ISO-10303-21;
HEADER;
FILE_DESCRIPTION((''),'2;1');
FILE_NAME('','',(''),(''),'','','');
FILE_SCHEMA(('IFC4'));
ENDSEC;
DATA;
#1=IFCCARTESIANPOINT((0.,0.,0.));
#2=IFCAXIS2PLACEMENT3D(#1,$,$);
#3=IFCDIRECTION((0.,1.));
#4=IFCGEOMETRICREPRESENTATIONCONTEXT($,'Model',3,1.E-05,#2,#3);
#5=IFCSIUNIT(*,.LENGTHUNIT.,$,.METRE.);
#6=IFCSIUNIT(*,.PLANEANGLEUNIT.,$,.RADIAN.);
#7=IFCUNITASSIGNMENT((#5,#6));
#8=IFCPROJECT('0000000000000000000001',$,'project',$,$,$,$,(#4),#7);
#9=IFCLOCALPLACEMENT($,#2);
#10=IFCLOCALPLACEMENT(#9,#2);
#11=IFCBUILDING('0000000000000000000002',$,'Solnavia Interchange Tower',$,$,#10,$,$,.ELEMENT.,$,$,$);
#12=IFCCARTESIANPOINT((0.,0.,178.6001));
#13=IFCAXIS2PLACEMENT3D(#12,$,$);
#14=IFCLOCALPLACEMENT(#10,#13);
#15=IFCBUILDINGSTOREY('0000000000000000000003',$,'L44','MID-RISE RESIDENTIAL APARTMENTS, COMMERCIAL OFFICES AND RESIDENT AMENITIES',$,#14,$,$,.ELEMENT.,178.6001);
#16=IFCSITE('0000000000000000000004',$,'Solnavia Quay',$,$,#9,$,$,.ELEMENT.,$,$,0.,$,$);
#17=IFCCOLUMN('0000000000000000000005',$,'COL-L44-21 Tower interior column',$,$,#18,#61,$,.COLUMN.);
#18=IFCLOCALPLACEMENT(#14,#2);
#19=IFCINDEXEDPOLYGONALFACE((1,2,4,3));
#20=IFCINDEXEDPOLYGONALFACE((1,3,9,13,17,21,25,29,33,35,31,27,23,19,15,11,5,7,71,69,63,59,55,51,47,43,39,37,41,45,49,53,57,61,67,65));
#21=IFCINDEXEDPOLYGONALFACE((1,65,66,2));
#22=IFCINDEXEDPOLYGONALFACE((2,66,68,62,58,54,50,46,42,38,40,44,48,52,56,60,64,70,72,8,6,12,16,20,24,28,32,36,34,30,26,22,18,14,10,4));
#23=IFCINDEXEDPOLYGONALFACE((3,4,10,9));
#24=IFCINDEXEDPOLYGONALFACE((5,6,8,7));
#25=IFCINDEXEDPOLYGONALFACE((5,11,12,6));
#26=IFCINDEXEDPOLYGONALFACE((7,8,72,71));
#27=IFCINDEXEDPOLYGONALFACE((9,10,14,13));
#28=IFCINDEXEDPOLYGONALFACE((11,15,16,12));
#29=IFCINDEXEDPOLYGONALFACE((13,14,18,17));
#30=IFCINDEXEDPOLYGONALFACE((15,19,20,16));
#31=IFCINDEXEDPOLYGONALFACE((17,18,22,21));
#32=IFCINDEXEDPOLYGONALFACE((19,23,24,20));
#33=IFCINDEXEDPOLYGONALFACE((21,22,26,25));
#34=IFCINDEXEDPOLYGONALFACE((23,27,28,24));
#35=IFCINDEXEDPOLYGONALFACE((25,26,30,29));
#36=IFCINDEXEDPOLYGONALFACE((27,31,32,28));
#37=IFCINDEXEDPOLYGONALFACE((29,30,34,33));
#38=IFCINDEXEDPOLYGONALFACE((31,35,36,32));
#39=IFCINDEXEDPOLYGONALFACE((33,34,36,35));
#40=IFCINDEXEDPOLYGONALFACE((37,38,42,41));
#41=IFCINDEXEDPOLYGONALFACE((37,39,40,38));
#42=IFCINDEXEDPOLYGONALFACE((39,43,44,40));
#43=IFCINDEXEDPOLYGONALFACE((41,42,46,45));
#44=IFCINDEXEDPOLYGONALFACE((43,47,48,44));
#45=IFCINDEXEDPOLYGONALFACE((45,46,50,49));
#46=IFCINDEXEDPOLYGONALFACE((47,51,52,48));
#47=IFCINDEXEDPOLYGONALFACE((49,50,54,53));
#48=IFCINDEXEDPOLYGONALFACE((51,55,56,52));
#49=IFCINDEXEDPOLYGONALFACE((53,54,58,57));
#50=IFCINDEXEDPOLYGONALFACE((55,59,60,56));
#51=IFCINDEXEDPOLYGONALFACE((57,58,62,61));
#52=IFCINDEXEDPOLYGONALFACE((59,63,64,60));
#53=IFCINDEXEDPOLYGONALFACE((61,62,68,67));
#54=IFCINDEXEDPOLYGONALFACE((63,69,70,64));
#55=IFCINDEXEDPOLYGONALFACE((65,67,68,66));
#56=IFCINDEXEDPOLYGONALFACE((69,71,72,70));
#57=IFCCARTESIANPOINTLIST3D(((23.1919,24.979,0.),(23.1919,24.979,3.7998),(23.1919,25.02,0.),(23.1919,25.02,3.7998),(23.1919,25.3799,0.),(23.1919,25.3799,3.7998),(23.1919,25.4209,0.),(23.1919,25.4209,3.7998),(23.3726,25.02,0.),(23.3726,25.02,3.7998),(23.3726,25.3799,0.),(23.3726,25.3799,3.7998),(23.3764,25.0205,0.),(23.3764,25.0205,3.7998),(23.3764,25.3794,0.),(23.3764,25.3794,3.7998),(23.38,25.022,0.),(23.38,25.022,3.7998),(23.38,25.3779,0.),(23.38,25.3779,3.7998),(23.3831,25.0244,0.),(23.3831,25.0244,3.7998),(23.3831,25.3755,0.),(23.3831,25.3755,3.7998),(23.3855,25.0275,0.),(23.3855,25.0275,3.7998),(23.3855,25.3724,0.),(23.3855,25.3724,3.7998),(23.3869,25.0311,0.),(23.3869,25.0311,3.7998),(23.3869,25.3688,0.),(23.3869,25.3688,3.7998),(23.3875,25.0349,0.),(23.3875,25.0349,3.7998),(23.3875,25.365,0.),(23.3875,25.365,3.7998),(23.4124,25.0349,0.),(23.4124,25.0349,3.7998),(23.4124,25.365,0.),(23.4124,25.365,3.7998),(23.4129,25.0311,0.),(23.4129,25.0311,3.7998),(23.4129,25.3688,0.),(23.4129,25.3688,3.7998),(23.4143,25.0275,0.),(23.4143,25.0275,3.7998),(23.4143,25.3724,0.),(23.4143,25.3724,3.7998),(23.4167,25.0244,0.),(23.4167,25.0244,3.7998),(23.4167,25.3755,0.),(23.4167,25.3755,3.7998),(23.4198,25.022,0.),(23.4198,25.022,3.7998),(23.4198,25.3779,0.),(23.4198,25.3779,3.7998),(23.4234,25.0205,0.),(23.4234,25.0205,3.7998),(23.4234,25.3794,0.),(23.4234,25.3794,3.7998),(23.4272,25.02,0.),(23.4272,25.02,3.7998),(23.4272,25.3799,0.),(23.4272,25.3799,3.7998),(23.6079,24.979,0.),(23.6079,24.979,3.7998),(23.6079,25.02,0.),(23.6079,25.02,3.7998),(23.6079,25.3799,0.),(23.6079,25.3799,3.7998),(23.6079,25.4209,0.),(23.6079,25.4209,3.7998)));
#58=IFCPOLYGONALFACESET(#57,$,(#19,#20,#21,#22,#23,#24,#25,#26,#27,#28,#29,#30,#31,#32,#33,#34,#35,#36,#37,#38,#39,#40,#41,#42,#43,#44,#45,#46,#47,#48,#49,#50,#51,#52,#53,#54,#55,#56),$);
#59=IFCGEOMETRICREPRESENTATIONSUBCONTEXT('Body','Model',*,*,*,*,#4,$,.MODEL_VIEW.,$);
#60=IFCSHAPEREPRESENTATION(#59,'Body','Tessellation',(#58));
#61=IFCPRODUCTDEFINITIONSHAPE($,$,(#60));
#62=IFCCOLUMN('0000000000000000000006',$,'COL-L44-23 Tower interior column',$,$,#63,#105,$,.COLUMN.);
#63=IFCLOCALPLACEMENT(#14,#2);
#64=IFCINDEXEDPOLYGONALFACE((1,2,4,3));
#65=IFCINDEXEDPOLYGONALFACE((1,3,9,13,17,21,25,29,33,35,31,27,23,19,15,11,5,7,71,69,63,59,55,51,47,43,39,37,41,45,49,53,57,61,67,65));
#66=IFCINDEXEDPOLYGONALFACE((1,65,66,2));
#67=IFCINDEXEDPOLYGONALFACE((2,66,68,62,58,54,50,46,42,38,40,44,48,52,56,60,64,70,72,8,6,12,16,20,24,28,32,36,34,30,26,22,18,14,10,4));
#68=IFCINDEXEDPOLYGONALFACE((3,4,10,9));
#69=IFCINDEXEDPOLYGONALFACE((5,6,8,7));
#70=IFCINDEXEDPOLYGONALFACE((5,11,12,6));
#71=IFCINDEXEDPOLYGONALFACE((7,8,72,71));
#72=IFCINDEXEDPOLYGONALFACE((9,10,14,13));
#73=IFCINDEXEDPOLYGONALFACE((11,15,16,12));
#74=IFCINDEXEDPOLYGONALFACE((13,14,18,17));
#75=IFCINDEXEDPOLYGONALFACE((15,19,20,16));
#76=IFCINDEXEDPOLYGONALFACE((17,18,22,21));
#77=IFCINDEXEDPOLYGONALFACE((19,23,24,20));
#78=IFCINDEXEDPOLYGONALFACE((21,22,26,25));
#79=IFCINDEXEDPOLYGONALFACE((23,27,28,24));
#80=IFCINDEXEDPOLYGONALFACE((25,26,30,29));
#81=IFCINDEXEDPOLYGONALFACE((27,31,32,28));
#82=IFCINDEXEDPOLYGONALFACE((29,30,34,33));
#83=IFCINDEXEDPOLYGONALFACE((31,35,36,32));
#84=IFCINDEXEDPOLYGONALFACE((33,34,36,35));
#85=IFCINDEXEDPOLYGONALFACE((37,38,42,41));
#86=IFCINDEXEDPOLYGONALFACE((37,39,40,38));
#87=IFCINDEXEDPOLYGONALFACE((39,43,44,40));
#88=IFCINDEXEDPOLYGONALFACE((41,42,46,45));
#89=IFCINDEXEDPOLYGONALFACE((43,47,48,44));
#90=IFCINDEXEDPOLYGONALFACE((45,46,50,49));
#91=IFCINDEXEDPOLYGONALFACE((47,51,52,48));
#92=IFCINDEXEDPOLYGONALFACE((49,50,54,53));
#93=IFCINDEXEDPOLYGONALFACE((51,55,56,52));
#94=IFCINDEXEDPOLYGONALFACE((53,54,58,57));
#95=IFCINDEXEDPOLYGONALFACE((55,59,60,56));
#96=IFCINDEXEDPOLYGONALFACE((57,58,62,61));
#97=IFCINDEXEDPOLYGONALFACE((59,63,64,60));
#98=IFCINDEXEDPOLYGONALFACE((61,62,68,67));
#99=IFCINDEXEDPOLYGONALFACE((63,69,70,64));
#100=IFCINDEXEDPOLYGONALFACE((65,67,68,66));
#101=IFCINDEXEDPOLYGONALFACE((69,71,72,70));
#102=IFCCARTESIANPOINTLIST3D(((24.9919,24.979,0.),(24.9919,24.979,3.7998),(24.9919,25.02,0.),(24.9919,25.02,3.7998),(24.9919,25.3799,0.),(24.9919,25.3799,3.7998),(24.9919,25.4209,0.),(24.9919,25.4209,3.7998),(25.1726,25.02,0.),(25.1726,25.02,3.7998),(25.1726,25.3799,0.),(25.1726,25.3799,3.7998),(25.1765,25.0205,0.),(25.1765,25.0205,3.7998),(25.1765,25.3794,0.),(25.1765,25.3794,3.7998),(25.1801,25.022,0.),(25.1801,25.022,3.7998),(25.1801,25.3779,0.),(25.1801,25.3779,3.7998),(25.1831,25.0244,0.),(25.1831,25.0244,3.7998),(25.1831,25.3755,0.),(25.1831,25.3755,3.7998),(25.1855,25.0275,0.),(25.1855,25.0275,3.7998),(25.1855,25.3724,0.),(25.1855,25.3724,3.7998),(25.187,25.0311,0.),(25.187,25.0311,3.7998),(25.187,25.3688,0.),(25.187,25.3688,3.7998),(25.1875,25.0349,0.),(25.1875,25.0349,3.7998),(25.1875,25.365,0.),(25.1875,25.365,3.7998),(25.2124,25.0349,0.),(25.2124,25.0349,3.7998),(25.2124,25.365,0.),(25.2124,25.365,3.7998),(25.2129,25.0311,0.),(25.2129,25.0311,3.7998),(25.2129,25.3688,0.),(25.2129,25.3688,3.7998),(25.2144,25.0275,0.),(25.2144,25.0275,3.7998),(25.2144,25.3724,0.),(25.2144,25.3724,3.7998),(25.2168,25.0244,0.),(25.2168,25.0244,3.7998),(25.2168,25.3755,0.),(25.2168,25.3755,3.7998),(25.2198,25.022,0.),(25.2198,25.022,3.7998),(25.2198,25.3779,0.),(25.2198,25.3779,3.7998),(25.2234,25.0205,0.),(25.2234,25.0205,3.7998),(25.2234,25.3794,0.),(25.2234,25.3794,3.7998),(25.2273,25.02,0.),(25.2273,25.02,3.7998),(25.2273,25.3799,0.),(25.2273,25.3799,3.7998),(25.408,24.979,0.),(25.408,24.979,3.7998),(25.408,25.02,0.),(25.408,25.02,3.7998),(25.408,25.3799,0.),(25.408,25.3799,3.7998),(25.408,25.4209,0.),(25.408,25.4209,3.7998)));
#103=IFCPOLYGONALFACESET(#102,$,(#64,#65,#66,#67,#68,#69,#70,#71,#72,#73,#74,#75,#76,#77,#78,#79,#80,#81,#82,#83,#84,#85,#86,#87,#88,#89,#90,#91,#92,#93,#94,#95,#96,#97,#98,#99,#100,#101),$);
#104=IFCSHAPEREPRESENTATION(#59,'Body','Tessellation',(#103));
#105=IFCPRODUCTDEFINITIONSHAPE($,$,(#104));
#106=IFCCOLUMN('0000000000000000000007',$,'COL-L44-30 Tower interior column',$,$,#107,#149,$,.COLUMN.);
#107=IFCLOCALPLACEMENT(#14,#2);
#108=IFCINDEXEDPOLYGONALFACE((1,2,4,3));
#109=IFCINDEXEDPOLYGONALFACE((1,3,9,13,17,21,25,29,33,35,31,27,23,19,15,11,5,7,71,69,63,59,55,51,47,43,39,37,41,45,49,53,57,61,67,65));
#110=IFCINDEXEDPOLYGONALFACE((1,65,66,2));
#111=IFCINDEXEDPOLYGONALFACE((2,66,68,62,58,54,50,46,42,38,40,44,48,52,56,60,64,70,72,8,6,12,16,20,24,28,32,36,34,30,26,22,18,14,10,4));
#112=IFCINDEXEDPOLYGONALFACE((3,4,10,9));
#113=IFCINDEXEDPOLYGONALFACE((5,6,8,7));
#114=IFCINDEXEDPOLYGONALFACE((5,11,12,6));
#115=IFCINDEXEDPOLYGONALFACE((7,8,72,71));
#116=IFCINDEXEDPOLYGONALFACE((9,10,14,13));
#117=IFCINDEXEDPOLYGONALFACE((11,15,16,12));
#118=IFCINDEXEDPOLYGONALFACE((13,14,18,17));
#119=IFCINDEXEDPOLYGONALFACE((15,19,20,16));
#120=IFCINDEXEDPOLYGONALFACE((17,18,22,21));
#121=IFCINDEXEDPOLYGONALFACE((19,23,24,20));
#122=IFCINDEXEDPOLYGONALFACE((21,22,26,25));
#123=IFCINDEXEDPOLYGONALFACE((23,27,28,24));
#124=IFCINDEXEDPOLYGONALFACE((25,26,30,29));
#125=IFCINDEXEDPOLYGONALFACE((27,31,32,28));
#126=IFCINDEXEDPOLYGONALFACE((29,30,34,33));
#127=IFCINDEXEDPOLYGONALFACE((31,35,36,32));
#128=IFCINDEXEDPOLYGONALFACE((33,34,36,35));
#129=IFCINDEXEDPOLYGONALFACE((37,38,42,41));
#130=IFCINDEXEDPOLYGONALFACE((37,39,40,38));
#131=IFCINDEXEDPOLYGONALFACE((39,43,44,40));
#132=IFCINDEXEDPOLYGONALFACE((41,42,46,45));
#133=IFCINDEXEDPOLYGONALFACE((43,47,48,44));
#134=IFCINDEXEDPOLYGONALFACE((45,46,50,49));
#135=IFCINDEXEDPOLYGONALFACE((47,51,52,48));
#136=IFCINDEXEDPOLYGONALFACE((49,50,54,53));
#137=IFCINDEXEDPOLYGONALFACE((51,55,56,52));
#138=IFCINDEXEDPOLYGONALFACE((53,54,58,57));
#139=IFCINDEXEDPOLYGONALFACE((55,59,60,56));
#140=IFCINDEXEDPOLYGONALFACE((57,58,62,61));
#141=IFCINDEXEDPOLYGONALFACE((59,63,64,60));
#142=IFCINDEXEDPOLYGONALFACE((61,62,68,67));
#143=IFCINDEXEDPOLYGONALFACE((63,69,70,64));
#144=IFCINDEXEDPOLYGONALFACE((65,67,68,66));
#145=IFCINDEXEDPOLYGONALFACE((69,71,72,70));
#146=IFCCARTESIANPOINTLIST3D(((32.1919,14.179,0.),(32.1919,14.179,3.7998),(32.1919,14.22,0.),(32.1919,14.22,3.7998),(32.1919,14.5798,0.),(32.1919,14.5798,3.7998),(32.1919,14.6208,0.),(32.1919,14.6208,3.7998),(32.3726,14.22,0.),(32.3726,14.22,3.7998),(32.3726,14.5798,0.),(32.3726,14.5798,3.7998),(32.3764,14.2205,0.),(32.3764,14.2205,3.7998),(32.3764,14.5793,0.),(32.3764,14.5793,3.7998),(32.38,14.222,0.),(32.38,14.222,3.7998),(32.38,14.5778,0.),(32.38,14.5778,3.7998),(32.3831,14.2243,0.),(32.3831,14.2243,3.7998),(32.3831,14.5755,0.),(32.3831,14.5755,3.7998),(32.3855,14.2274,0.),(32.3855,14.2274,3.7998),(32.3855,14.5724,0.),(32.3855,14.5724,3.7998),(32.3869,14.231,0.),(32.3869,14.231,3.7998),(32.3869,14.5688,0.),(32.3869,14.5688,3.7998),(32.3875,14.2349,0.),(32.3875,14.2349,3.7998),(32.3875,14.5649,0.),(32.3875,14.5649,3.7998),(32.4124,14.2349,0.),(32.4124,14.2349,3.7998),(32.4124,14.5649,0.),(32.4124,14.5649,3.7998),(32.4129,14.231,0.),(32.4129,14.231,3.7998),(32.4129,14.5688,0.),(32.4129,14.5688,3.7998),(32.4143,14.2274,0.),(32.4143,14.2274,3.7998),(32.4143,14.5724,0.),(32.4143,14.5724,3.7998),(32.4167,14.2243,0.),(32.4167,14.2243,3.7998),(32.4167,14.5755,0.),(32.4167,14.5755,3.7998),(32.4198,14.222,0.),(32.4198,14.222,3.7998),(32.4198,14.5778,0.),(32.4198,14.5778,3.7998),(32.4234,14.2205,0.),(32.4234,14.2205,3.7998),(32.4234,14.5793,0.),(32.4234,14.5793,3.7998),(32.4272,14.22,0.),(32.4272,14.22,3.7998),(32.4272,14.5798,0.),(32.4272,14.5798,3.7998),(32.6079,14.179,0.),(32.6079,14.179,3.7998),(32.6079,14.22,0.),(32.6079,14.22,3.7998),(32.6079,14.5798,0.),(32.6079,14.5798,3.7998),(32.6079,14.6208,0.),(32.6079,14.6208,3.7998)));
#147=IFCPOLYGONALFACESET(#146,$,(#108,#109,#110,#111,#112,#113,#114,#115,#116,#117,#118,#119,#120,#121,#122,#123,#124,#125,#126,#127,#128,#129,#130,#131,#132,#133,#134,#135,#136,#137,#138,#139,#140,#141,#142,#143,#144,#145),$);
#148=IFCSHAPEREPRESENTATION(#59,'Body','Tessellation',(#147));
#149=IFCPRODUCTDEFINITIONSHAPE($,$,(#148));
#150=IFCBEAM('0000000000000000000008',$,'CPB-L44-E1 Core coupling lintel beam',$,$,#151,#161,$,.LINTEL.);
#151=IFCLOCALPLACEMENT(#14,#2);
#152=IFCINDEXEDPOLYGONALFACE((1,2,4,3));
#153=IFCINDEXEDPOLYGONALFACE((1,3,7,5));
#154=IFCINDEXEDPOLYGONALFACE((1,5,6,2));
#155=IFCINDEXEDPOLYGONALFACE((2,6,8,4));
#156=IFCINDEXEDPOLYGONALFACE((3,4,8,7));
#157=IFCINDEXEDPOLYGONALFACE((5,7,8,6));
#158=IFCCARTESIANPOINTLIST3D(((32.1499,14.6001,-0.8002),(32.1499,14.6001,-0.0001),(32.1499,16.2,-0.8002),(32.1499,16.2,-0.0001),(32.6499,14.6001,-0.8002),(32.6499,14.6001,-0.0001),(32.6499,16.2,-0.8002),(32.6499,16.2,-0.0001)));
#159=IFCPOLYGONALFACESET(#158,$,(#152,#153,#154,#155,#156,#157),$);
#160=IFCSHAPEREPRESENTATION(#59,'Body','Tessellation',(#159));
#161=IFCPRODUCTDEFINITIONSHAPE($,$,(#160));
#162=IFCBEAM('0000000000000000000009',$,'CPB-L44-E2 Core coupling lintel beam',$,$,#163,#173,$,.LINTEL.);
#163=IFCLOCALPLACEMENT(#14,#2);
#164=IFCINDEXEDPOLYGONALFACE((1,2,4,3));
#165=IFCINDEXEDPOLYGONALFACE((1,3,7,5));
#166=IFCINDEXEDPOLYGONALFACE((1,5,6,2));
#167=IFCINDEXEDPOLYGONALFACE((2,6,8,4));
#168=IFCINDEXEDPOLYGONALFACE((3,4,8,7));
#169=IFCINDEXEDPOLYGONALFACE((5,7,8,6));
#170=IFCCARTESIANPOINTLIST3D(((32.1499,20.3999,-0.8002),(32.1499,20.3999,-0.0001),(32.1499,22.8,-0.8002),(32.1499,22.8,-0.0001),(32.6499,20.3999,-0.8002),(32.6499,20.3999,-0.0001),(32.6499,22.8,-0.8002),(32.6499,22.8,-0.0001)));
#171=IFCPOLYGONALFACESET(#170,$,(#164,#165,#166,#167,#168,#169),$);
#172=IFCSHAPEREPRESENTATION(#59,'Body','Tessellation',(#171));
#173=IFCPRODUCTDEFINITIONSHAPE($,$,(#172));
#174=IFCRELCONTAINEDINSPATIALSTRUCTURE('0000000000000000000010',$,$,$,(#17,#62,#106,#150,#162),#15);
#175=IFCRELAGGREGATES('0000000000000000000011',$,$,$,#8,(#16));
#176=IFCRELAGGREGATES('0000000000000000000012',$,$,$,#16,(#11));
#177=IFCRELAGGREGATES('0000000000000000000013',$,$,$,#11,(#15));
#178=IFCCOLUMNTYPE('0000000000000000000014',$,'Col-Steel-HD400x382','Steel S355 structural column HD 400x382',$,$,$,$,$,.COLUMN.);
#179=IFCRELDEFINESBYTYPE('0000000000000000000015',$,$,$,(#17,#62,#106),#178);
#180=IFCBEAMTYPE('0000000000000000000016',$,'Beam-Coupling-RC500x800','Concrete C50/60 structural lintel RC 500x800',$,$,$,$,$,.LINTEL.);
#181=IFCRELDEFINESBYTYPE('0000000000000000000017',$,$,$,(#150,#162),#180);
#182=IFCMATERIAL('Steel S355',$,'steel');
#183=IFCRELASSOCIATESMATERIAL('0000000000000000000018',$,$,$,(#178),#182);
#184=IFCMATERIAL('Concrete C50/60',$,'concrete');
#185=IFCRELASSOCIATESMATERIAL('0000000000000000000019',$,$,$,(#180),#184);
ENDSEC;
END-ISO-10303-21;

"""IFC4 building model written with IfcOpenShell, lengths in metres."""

from ifc_helpers import new_model, si_unit, direction, frame, origin, origin_2d, place, context, subcontext, project, spatial, rectangle, i_section, extrude, material, material_profile, profile_set, type_object, element, save


model = new_model("IFC4")

# Units and contexts
model_context = context("Model", 3, precision=1e-05, world=origin(), true_north=direction((0.0, 1.0)))
body_context = subcontext(model_context, "Body", "Model", "MODEL_VIEW")
ifc_project = project(units=[si_unit("LENGTHUNIT", "METRE"), si_unit("PLANEANGLEUNIT", "RADIAN")], contexts=[model_context])

# Site, building, storey
site_placement = place(None, origin())
site = spatial("IfcSite", under=ifc_project, at=site_placement, Name="Solnavia Quay", CompositionType="ELEMENT", RefElevation=0.0)
building_placement = place(site_placement, origin())
building = spatial("IfcBuilding", under=site, at=building_placement, Name="Solnavia Interchange Tower", CompositionType="ELEMENT")
storey_placement = place(building_placement, frame((0.0, 0.0, 178.6001)))
storey = spatial("IfcBuildingStorey", under=building, at=storey_placement, Name="L44", Description="MID-RISE RESIDENTIAL APARTMENTS, COMMERCIAL OFFICES AND RESIDENT AMENITIES", CompositionType="ELEMENT", Elevation=178.6001)

# Columns
ifc_material_1 = material(Name="Steel S355", Category="steel")
ifc_material_profile_1 = material_profile(ifc_material_1, i_section(OverallWidth=0.416, OverallDepth=0.4419, WebThickness=0.0249, FlangeThickness=0.041, FilletRadius=0.0149, at=origin_2d()), Name="HD 400x382")
ifc_profile_set_1 = profile_set([ifc_material_profile_1], Name="Steel S355")
column_type = type_object("IfcColumnType", Name="Col-Steel-HD400x382", Description="Steel S355 structural column HD 400x382", PredefinedType="COLUMN", material=ifc_profile_set_1)
for number, where, z_axis, x_axis, name in (
    (1, (23.3999, 25.2, 0.0), (0.0, 0.0, 1.0), (1.0, 0.0, 0.0), "COL-L44-21 Tower interior column"),
    (2, (25.2, 25.2, 0.0), (0.0, 0.0, 1.0), (1.0, 0.0, 0.0), "COL-L44-23 Tower interior column"),
    (3, (32.3999, 14.3999, 0.0), (0.0, 0.0, 1.0), (1.0, 0.0, 0.0), "COL-L44-30 Tower interior column"),
):
    element("IfcColumn", number, at=place(storey_placement, frame(where, z_axis=z_axis, x_axis=x_axis)), inside=storey, type_object=column_type, Name=name, PredefinedType="COLUMN", context=body_context, shape_type="SweptSolid", body=[
        extrude(i_section(OverallWidth=0.416, OverallDepth=0.4419, WebThickness=0.0249, FlangeThickness=0.041, FilletRadius=0.0149, at=origin_2d()), origin(), (0.0, 0.0, 1.0), 3.7998),
    ])

# Beams
ifc_material_2 = material(Name="Concrete C50/60", Category="concrete")
ifc_material_profile_2 = material_profile(ifc_material_2, rectangle(XDim=0.5, YDim=0.8, at=origin_2d()), Name="RC 500x800")
ifc_profile_set_2 = profile_set([ifc_material_profile_2], Name="Concrete C50/60")
beam_type_1 = type_object("IfcBeamType", Name="Beam-Coupling-RC500x800", Description="Concrete C50/60 structural lintel RC 500x800", PredefinedType="LINTEL", material=ifc_profile_set_2)
beam_1_placement = place(storey_placement, frame((32.3999, 14.6001, -0.4001), z_axis=(0.0, 1.0, 0.0), x_axis=(-1.0, 0.0, 0.0)))
element("IfcBeam", 4, at=beam_1_placement, inside=storey, type_object=beam_type_1, Name="CPB-L44-E1 Core coupling lintel beam", PredefinedType="LINTEL", context=body_context, shape_type="SweptSolid", body=[
    extrude(rectangle(XDim=0.5, YDim=0.8, at=origin_2d()), origin(), (0.0, 0.0, 1.0), 1.5999),
])
beam_2_placement = place(storey_placement, frame((32.3999, 20.3999, -0.4001), z_axis=(0.0, 1.0, 0.0), x_axis=(-1.0, 0.0, 0.0)))
element("IfcBeam", 5, at=beam_2_placement, inside=storey, type_object=beam_type_1, Name="CPB-L44-E2 Core coupling lintel beam", PredefinedType="LINTEL", context=body_context, shape_type="SweptSolid", body=[
    extrude(rectangle(XDim=0.5, YDim=0.8, at=origin_2d()), origin(), (0.0, 0.0, 1.0), 2.4001),
])

save(model, "model.ifc")
